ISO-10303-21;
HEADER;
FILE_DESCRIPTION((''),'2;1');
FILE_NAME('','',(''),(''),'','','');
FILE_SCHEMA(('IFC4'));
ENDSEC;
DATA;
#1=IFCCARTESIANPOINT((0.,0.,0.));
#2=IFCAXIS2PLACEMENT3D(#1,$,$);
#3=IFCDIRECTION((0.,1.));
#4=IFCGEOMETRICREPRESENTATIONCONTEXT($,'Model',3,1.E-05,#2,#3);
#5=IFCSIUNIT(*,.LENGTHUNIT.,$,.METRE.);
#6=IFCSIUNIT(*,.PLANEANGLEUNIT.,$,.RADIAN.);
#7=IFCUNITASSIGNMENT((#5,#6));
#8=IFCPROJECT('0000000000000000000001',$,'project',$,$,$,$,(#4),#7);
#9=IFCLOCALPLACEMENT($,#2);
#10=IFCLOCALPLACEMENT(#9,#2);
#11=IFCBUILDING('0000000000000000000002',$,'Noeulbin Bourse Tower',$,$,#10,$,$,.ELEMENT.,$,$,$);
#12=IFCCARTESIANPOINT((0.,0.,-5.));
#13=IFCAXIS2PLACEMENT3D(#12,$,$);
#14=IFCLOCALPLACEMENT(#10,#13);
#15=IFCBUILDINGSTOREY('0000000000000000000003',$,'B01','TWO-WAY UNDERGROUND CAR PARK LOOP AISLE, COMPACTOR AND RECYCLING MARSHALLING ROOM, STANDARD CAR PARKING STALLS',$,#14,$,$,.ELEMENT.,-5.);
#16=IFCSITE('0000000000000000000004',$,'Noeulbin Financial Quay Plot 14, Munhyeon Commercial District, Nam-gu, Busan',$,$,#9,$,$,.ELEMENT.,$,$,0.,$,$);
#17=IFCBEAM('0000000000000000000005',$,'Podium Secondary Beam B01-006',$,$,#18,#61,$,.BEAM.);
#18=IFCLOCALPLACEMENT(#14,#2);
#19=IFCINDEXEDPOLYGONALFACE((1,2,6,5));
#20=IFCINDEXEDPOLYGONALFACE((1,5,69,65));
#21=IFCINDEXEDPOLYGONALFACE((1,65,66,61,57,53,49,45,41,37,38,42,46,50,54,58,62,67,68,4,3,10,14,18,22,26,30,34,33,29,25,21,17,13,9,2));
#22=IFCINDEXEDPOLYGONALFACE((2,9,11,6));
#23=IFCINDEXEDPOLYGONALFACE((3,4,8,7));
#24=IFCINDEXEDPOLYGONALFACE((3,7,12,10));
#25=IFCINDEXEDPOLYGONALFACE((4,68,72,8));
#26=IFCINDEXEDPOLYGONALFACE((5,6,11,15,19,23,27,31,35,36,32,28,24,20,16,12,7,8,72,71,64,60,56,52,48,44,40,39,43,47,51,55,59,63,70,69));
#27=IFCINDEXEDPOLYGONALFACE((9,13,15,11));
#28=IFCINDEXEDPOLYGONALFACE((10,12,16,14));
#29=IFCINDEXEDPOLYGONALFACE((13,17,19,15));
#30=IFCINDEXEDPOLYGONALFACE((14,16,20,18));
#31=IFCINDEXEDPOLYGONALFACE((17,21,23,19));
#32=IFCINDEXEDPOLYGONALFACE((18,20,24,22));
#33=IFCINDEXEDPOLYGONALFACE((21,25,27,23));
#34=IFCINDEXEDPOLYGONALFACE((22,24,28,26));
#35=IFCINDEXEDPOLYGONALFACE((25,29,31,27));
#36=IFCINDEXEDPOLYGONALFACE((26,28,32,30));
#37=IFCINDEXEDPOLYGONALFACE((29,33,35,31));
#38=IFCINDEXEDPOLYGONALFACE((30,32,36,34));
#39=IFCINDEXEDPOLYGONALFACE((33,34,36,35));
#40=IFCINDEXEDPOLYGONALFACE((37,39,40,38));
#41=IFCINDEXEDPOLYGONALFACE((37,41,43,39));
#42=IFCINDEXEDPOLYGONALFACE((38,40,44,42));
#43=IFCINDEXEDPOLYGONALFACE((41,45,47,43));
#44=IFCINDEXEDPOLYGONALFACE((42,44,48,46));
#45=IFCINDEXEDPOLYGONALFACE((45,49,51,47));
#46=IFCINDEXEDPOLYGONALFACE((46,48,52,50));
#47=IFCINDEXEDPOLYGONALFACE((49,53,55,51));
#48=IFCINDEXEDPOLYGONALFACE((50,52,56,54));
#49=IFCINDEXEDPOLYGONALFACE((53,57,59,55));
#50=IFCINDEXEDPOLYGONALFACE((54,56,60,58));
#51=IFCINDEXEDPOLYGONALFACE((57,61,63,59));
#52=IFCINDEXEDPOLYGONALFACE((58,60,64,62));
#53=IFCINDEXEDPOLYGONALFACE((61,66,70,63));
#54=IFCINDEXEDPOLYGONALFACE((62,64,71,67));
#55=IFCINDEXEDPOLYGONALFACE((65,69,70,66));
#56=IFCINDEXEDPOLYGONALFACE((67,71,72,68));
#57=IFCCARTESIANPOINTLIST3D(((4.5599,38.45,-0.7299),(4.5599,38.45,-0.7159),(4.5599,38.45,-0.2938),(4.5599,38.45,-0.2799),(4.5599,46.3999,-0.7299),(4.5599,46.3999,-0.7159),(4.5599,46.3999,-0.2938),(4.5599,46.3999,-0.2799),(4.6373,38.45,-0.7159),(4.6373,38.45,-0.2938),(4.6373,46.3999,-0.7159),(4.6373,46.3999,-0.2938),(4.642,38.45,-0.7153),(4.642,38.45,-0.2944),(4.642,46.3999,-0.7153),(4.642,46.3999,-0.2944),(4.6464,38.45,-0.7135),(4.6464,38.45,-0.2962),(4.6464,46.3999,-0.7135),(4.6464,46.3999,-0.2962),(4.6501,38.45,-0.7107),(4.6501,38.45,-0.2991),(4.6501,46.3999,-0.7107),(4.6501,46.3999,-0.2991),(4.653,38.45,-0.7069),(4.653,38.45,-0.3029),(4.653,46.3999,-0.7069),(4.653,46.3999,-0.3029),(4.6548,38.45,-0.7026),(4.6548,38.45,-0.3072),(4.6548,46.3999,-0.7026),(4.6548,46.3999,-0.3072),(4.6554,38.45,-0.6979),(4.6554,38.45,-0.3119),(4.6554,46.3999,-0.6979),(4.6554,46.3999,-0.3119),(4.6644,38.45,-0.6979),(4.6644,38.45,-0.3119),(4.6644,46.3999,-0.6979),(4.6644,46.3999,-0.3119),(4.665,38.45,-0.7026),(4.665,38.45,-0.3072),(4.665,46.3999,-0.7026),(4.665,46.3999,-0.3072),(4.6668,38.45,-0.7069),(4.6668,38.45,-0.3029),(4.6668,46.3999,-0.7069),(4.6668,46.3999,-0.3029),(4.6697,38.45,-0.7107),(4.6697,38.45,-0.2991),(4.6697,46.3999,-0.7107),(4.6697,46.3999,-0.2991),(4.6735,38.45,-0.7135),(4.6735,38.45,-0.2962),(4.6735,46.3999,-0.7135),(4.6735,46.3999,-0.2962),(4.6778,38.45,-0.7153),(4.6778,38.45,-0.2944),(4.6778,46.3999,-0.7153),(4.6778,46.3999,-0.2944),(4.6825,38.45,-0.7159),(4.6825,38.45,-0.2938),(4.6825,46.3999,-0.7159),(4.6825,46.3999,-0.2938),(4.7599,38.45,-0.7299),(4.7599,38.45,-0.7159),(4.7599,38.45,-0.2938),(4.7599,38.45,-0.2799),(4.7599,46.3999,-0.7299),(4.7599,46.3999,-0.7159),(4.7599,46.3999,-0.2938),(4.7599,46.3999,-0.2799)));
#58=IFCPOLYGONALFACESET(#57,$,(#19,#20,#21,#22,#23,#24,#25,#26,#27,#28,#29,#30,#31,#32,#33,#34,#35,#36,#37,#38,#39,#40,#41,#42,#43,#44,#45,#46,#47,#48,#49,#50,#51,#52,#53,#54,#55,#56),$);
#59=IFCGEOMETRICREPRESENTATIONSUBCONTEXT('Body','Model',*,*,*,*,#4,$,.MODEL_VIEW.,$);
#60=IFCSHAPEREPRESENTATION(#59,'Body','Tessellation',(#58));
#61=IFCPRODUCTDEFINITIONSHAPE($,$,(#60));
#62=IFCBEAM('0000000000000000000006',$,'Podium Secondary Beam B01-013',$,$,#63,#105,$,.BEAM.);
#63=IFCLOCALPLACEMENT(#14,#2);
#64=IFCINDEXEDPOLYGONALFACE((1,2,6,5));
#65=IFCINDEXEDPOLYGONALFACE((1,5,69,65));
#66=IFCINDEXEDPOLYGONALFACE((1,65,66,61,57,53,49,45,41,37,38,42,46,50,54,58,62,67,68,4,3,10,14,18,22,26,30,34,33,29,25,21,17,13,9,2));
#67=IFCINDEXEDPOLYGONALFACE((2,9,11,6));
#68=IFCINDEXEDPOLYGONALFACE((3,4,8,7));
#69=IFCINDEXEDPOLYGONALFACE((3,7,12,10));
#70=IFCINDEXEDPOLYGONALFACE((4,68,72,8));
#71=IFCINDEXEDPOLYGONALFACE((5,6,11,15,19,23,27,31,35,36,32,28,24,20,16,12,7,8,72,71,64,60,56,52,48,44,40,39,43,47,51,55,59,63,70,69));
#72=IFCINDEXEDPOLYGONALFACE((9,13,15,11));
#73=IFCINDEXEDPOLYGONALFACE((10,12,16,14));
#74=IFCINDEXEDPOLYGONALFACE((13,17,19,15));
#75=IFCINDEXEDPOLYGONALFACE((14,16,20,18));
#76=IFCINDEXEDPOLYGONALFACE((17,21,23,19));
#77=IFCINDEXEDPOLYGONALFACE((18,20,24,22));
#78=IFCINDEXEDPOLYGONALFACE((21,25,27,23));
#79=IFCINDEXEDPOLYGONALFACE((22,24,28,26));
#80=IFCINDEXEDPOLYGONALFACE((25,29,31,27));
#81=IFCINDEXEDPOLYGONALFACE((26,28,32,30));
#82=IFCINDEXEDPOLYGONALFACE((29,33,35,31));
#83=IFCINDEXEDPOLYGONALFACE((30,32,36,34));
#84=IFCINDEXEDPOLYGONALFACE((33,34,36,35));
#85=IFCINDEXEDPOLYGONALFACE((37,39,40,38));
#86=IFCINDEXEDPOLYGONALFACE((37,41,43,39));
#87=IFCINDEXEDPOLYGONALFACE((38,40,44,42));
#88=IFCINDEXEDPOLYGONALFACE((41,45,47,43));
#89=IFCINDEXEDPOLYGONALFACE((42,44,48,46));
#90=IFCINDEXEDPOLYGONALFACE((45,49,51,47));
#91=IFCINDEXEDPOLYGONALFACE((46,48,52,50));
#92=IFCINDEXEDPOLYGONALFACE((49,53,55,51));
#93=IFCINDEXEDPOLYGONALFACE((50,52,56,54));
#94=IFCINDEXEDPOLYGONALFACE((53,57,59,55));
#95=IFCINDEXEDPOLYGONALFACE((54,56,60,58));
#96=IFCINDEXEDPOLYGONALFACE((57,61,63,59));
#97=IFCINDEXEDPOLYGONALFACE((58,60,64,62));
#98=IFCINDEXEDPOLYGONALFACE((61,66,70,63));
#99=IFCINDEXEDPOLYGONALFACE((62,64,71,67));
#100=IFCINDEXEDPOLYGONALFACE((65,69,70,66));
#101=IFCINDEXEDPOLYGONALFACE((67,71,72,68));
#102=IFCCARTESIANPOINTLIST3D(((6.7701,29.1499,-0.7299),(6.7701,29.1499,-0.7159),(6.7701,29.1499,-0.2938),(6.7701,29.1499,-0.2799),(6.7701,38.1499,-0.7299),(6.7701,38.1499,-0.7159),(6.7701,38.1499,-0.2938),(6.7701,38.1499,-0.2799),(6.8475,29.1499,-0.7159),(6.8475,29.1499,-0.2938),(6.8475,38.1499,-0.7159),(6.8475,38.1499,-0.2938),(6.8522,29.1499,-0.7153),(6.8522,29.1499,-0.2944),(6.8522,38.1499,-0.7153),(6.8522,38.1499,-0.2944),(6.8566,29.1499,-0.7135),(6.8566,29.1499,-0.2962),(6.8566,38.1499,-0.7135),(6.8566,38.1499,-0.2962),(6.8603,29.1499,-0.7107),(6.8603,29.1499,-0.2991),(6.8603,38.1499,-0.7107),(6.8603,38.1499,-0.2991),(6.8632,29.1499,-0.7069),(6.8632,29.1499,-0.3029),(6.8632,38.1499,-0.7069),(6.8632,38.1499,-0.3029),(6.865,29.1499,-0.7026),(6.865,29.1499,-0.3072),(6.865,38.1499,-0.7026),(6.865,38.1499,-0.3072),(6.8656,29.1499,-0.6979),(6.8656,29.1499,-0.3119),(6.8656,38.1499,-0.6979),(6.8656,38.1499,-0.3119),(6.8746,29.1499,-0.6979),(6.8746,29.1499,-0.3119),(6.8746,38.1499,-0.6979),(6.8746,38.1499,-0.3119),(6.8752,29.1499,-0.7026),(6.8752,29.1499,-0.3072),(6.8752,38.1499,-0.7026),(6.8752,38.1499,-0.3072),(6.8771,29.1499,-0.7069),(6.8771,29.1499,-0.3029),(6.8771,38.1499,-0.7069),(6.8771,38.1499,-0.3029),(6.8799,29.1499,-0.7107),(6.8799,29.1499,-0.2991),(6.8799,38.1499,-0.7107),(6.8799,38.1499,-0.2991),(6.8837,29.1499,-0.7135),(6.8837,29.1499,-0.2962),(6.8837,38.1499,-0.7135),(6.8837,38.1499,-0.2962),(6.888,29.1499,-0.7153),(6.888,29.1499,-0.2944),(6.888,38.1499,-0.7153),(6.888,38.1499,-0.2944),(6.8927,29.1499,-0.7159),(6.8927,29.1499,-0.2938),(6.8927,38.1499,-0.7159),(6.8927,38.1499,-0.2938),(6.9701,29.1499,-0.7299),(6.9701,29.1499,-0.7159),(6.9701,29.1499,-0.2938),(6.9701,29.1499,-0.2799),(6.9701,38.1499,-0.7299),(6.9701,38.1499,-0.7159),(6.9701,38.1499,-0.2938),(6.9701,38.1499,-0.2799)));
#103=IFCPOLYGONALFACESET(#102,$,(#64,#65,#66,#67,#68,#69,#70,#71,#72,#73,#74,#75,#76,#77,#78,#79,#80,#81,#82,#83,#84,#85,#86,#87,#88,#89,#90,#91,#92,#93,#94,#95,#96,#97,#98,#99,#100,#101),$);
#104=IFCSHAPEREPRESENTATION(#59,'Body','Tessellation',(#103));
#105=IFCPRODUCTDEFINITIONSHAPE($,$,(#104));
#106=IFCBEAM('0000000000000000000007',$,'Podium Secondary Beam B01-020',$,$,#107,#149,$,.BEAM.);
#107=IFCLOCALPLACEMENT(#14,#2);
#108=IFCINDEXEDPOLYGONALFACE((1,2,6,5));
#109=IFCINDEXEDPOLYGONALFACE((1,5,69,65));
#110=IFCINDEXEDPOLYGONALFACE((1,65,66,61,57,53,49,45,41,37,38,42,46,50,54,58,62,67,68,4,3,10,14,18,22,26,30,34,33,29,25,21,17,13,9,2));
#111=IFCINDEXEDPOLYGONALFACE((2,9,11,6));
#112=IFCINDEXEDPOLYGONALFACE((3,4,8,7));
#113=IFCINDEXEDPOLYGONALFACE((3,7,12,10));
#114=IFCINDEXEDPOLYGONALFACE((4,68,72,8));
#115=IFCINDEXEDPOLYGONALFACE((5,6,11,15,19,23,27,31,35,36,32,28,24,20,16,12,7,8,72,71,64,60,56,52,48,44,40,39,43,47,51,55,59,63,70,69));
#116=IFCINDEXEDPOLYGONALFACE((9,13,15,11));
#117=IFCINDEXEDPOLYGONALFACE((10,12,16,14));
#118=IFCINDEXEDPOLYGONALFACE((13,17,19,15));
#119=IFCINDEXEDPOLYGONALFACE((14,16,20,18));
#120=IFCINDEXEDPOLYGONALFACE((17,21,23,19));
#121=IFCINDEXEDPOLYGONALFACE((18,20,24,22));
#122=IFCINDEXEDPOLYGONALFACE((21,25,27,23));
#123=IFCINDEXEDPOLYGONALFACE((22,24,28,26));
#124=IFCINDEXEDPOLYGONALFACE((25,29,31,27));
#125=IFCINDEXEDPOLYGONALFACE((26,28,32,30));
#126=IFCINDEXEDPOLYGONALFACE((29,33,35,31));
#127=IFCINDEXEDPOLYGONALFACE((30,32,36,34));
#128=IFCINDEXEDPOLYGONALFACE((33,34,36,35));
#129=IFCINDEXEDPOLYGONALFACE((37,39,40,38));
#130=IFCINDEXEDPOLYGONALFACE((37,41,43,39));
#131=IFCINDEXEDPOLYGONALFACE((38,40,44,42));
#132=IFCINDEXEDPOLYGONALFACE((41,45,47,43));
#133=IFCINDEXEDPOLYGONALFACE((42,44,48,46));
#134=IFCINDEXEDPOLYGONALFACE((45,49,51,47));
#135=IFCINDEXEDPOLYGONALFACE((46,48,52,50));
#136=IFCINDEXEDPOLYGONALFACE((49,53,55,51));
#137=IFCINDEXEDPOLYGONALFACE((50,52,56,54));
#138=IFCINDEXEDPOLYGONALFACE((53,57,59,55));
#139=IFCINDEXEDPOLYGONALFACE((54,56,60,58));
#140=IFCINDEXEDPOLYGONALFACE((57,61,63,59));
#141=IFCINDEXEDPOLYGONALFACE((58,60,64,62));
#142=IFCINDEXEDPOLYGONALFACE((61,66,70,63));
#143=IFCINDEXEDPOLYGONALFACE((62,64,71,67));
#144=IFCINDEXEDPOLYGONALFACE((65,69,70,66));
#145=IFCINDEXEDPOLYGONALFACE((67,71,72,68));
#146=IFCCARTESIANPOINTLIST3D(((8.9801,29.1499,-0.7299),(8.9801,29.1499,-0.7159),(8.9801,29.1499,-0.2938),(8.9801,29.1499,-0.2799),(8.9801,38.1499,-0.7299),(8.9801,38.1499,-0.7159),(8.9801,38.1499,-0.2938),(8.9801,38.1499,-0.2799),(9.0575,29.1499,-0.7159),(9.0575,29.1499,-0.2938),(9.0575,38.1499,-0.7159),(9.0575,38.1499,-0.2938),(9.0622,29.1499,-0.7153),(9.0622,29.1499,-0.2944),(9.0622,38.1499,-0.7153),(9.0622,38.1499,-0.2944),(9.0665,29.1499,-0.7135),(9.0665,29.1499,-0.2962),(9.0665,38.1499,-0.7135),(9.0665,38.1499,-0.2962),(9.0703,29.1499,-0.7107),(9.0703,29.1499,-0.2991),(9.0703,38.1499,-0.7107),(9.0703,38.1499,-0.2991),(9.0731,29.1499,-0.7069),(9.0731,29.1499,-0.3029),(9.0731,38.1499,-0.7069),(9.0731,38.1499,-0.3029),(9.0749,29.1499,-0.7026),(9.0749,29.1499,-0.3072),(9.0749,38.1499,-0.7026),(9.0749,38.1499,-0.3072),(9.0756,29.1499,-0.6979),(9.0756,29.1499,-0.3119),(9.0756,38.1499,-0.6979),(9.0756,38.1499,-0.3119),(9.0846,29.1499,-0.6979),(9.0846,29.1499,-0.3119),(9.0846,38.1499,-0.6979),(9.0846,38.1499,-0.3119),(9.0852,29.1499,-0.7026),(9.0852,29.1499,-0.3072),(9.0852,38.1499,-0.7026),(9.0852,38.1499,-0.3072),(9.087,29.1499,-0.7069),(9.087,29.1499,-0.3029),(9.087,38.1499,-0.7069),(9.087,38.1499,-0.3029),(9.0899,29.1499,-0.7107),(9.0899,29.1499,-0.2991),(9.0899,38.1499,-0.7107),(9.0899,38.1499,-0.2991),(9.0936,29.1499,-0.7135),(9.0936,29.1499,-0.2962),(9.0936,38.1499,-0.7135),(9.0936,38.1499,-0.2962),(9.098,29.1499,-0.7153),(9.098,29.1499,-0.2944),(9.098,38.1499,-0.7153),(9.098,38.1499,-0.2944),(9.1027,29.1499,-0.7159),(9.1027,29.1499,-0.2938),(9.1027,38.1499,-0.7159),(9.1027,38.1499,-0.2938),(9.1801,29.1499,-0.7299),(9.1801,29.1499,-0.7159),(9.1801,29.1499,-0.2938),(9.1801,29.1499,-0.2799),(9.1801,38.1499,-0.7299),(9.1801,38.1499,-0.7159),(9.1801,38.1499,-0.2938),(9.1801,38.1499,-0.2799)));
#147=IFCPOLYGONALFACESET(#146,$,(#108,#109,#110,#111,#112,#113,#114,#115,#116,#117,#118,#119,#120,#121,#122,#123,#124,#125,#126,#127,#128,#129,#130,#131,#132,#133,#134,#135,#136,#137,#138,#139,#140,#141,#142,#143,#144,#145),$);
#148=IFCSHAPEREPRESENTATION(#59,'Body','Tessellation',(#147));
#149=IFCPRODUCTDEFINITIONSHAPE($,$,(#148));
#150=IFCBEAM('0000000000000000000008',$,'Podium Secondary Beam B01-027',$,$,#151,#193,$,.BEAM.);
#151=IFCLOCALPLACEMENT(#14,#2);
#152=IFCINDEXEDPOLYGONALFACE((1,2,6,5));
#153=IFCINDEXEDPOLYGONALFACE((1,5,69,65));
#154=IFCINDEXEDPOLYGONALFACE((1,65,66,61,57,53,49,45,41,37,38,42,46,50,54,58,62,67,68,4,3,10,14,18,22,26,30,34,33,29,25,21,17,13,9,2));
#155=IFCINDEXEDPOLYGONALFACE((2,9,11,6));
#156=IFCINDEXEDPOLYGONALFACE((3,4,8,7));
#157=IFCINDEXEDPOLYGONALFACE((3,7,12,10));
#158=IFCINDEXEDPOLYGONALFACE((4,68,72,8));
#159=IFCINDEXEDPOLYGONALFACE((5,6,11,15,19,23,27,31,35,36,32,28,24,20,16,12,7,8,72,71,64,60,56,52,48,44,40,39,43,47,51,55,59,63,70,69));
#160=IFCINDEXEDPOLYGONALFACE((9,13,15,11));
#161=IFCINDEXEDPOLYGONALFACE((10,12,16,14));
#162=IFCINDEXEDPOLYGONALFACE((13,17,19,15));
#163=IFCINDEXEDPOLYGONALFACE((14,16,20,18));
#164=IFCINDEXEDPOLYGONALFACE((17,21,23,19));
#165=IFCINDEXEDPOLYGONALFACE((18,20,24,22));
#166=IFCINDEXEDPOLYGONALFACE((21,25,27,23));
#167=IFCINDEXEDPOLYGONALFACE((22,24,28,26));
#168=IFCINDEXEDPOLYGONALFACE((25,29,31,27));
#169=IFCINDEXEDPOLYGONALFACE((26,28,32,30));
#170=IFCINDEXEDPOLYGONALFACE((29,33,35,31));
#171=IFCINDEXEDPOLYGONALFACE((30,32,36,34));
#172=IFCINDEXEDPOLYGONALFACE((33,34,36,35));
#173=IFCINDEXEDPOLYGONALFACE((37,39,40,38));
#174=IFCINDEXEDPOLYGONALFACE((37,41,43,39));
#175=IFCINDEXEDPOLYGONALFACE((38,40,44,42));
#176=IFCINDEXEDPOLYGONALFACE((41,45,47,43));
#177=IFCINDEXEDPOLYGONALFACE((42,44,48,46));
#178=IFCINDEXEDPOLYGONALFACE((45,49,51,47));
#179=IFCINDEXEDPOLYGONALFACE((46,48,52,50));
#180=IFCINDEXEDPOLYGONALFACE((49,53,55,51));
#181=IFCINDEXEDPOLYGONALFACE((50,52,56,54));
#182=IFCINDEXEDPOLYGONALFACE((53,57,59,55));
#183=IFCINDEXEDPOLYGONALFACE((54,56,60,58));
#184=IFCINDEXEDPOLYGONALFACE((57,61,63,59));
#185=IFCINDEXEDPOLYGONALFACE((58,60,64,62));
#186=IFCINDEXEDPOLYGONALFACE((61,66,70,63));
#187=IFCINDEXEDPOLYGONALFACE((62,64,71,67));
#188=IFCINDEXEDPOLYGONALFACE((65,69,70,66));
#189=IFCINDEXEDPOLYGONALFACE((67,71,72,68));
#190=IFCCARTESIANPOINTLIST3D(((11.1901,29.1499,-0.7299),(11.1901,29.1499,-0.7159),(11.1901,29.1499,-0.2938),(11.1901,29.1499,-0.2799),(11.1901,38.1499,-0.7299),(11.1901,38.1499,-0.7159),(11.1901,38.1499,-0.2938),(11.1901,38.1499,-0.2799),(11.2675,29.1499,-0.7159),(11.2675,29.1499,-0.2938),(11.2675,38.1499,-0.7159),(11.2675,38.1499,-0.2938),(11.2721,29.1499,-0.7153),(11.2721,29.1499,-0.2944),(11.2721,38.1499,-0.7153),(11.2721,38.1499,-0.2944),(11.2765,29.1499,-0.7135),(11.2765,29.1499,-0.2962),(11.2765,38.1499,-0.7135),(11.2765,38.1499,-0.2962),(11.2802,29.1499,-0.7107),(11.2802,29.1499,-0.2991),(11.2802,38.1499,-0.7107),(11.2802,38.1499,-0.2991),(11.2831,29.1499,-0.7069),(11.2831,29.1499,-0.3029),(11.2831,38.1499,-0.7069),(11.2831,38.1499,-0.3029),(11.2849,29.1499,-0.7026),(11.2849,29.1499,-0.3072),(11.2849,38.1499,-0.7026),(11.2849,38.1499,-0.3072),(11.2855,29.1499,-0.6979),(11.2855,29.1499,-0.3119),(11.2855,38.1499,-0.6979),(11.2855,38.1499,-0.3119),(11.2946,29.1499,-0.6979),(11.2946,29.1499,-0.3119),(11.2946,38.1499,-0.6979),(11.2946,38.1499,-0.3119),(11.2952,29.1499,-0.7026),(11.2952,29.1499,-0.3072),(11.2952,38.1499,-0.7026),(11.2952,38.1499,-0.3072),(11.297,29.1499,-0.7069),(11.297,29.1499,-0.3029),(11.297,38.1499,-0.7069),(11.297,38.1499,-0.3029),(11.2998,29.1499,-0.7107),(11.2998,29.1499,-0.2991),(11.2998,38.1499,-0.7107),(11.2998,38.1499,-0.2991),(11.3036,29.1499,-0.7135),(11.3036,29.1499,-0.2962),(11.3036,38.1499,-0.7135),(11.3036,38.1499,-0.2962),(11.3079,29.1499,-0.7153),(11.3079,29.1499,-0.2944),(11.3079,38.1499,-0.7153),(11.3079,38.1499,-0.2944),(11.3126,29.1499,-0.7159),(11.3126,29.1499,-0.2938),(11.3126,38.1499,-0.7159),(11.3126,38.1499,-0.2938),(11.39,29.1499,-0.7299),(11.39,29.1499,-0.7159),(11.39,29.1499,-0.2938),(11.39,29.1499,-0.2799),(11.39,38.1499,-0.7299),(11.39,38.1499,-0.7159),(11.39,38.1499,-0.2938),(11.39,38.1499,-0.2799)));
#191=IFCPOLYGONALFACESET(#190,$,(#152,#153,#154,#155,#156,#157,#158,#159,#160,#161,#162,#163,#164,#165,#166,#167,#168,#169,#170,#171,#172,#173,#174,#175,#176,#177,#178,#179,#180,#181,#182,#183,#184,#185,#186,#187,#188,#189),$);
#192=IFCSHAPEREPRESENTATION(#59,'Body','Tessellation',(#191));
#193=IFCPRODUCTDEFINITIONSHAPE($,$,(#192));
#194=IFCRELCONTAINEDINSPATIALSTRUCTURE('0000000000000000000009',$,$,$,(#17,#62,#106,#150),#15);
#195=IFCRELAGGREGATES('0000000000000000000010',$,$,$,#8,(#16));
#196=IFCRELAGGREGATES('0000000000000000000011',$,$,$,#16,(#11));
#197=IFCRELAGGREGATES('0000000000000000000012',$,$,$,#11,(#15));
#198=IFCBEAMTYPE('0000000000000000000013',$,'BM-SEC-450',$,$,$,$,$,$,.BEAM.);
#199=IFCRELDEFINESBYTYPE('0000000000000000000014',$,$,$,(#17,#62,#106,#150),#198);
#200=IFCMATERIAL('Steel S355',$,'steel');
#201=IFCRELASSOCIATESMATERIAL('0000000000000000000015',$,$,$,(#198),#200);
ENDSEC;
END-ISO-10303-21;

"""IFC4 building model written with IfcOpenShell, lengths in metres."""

from ifc_helpers import new_model, si_unit, direction, frame, origin, origin_2d, place, context, subcontext, project, spatial, i_section, extrude, material, material_profile, profile_set, type_object, element, save


model = new_model("IFC4")

# Units and contexts
model_context = context("Model", 3, precision=1e-05, world=origin(), true_north=direction((0.0, 1.0)))
body_context = subcontext(model_context, "Body", "Model", "MODEL_VIEW")
ifc_project = project(units=[si_unit("LENGTHUNIT", "METRE"), si_unit("PLANEANGLEUNIT", "RADIAN")], contexts=[model_context])

# Site, building, storey
site_placement = place(None, origin())
site = spatial("IfcSite", under=ifc_project, at=site_placement, Name="Noeulbin Financial Quay Plot 14, Munhyeon Commercial District, Nam-gu, Busan", CompositionType="ELEMENT", RefElevation=0.0)
building_placement = place(site_placement, origin())
building = spatial("IfcBuilding", under=site, at=building_placement, Name="Noeulbin Bourse Tower", CompositionType="ELEMENT")
storey_placement = place(building_placement, frame((0.0, 0.0, -5.0)))
storey = spatial("IfcBuildingStorey", under=building, at=storey_placement, Name="B01", Description="TWO-WAY UNDERGROUND CAR PARK LOOP AISLE, COMPACTOR AND RECYCLING MARSHALLING ROOM, STANDARD CAR PARKING STALLS", CompositionType="ELEMENT", Elevation=-5.0)

# Beams
ifc_material_1 = material(Name="Steel S355", Category="steel")
ifc_material_profile_1 = material_profile(ifc_material_1, i_section(OverallWidth=0.2, OverallDepth=0.45, WebThickness=0.009, FlangeThickness=0.0139, FilletRadius=0.0181, at=origin_2d()), Name="H-450x200x9x14", Category="LoadBearing")
ifc_profile_set_1 = profile_set([ifc_material_profile_1], Name="Steel S355")
beam_type_1 = type_object("IfcBeamType", Name="BM-SEC-450", PredefinedType="BEAM", material=ifc_profile_set_1)
beam_1_placement = place(storey_placement, frame((4.6599, 38.45, -0.5049), z_axis=(0.0, 1.0, 0.0), x_axis=(-1.0, 0.0, 0.0)))
element("IfcBeam", 1, at=beam_1_placement, inside=storey, type_object=beam_type_1, Name="Podium Secondary Beam B01-006", PredefinedType="BEAM", context=body_context, shape_type="SweptSolid", body=[
    extrude(i_section(OverallWidth=0.2, OverallDepth=0.45, WebThickness=0.009, FlangeThickness=0.0139, FilletRadius=0.0181, at=origin_2d()), origin(), (0.0, 0.0, 1.0), 7.95),
])
for number, where, z_axis, x_axis, name in (
    (2, (6.8701, 29.1499, -0.5049), (0.0, 1.0, 0.0), (-1.0, 0.0, 0.0), "Podium Secondary Beam B01-013"),
    (3, (9.0801, 29.1499, -0.5049), (0.0, 1.0, 0.0), (-1.0, 0.0, 0.0), "Podium Secondary Beam B01-020"),
    (4, (11.29, 29.1499, -0.5049), (0.0, 1.0, 0.0), (-1.0, 0.0, 0.0), "Podium Secondary Beam B01-027"),
):
    element("IfcBeam", number, at=place(storey_placement, frame(where, z_axis=z_axis, x_axis=x_axis)), inside=storey, type_object=beam_type_1, Name=name, PredefinedType="BEAM", context=body_context, shape_type="SweptSolid", body=[
        extrude(i_section(OverallWidth=0.2, OverallDepth=0.45, WebThickness=0.009, FlangeThickness=0.0139, FilletRadius=0.0181, at=origin_2d()), origin(), (0.0, 0.0, 1.0), 9.0),
    ])

save(model, "model.ifc")
